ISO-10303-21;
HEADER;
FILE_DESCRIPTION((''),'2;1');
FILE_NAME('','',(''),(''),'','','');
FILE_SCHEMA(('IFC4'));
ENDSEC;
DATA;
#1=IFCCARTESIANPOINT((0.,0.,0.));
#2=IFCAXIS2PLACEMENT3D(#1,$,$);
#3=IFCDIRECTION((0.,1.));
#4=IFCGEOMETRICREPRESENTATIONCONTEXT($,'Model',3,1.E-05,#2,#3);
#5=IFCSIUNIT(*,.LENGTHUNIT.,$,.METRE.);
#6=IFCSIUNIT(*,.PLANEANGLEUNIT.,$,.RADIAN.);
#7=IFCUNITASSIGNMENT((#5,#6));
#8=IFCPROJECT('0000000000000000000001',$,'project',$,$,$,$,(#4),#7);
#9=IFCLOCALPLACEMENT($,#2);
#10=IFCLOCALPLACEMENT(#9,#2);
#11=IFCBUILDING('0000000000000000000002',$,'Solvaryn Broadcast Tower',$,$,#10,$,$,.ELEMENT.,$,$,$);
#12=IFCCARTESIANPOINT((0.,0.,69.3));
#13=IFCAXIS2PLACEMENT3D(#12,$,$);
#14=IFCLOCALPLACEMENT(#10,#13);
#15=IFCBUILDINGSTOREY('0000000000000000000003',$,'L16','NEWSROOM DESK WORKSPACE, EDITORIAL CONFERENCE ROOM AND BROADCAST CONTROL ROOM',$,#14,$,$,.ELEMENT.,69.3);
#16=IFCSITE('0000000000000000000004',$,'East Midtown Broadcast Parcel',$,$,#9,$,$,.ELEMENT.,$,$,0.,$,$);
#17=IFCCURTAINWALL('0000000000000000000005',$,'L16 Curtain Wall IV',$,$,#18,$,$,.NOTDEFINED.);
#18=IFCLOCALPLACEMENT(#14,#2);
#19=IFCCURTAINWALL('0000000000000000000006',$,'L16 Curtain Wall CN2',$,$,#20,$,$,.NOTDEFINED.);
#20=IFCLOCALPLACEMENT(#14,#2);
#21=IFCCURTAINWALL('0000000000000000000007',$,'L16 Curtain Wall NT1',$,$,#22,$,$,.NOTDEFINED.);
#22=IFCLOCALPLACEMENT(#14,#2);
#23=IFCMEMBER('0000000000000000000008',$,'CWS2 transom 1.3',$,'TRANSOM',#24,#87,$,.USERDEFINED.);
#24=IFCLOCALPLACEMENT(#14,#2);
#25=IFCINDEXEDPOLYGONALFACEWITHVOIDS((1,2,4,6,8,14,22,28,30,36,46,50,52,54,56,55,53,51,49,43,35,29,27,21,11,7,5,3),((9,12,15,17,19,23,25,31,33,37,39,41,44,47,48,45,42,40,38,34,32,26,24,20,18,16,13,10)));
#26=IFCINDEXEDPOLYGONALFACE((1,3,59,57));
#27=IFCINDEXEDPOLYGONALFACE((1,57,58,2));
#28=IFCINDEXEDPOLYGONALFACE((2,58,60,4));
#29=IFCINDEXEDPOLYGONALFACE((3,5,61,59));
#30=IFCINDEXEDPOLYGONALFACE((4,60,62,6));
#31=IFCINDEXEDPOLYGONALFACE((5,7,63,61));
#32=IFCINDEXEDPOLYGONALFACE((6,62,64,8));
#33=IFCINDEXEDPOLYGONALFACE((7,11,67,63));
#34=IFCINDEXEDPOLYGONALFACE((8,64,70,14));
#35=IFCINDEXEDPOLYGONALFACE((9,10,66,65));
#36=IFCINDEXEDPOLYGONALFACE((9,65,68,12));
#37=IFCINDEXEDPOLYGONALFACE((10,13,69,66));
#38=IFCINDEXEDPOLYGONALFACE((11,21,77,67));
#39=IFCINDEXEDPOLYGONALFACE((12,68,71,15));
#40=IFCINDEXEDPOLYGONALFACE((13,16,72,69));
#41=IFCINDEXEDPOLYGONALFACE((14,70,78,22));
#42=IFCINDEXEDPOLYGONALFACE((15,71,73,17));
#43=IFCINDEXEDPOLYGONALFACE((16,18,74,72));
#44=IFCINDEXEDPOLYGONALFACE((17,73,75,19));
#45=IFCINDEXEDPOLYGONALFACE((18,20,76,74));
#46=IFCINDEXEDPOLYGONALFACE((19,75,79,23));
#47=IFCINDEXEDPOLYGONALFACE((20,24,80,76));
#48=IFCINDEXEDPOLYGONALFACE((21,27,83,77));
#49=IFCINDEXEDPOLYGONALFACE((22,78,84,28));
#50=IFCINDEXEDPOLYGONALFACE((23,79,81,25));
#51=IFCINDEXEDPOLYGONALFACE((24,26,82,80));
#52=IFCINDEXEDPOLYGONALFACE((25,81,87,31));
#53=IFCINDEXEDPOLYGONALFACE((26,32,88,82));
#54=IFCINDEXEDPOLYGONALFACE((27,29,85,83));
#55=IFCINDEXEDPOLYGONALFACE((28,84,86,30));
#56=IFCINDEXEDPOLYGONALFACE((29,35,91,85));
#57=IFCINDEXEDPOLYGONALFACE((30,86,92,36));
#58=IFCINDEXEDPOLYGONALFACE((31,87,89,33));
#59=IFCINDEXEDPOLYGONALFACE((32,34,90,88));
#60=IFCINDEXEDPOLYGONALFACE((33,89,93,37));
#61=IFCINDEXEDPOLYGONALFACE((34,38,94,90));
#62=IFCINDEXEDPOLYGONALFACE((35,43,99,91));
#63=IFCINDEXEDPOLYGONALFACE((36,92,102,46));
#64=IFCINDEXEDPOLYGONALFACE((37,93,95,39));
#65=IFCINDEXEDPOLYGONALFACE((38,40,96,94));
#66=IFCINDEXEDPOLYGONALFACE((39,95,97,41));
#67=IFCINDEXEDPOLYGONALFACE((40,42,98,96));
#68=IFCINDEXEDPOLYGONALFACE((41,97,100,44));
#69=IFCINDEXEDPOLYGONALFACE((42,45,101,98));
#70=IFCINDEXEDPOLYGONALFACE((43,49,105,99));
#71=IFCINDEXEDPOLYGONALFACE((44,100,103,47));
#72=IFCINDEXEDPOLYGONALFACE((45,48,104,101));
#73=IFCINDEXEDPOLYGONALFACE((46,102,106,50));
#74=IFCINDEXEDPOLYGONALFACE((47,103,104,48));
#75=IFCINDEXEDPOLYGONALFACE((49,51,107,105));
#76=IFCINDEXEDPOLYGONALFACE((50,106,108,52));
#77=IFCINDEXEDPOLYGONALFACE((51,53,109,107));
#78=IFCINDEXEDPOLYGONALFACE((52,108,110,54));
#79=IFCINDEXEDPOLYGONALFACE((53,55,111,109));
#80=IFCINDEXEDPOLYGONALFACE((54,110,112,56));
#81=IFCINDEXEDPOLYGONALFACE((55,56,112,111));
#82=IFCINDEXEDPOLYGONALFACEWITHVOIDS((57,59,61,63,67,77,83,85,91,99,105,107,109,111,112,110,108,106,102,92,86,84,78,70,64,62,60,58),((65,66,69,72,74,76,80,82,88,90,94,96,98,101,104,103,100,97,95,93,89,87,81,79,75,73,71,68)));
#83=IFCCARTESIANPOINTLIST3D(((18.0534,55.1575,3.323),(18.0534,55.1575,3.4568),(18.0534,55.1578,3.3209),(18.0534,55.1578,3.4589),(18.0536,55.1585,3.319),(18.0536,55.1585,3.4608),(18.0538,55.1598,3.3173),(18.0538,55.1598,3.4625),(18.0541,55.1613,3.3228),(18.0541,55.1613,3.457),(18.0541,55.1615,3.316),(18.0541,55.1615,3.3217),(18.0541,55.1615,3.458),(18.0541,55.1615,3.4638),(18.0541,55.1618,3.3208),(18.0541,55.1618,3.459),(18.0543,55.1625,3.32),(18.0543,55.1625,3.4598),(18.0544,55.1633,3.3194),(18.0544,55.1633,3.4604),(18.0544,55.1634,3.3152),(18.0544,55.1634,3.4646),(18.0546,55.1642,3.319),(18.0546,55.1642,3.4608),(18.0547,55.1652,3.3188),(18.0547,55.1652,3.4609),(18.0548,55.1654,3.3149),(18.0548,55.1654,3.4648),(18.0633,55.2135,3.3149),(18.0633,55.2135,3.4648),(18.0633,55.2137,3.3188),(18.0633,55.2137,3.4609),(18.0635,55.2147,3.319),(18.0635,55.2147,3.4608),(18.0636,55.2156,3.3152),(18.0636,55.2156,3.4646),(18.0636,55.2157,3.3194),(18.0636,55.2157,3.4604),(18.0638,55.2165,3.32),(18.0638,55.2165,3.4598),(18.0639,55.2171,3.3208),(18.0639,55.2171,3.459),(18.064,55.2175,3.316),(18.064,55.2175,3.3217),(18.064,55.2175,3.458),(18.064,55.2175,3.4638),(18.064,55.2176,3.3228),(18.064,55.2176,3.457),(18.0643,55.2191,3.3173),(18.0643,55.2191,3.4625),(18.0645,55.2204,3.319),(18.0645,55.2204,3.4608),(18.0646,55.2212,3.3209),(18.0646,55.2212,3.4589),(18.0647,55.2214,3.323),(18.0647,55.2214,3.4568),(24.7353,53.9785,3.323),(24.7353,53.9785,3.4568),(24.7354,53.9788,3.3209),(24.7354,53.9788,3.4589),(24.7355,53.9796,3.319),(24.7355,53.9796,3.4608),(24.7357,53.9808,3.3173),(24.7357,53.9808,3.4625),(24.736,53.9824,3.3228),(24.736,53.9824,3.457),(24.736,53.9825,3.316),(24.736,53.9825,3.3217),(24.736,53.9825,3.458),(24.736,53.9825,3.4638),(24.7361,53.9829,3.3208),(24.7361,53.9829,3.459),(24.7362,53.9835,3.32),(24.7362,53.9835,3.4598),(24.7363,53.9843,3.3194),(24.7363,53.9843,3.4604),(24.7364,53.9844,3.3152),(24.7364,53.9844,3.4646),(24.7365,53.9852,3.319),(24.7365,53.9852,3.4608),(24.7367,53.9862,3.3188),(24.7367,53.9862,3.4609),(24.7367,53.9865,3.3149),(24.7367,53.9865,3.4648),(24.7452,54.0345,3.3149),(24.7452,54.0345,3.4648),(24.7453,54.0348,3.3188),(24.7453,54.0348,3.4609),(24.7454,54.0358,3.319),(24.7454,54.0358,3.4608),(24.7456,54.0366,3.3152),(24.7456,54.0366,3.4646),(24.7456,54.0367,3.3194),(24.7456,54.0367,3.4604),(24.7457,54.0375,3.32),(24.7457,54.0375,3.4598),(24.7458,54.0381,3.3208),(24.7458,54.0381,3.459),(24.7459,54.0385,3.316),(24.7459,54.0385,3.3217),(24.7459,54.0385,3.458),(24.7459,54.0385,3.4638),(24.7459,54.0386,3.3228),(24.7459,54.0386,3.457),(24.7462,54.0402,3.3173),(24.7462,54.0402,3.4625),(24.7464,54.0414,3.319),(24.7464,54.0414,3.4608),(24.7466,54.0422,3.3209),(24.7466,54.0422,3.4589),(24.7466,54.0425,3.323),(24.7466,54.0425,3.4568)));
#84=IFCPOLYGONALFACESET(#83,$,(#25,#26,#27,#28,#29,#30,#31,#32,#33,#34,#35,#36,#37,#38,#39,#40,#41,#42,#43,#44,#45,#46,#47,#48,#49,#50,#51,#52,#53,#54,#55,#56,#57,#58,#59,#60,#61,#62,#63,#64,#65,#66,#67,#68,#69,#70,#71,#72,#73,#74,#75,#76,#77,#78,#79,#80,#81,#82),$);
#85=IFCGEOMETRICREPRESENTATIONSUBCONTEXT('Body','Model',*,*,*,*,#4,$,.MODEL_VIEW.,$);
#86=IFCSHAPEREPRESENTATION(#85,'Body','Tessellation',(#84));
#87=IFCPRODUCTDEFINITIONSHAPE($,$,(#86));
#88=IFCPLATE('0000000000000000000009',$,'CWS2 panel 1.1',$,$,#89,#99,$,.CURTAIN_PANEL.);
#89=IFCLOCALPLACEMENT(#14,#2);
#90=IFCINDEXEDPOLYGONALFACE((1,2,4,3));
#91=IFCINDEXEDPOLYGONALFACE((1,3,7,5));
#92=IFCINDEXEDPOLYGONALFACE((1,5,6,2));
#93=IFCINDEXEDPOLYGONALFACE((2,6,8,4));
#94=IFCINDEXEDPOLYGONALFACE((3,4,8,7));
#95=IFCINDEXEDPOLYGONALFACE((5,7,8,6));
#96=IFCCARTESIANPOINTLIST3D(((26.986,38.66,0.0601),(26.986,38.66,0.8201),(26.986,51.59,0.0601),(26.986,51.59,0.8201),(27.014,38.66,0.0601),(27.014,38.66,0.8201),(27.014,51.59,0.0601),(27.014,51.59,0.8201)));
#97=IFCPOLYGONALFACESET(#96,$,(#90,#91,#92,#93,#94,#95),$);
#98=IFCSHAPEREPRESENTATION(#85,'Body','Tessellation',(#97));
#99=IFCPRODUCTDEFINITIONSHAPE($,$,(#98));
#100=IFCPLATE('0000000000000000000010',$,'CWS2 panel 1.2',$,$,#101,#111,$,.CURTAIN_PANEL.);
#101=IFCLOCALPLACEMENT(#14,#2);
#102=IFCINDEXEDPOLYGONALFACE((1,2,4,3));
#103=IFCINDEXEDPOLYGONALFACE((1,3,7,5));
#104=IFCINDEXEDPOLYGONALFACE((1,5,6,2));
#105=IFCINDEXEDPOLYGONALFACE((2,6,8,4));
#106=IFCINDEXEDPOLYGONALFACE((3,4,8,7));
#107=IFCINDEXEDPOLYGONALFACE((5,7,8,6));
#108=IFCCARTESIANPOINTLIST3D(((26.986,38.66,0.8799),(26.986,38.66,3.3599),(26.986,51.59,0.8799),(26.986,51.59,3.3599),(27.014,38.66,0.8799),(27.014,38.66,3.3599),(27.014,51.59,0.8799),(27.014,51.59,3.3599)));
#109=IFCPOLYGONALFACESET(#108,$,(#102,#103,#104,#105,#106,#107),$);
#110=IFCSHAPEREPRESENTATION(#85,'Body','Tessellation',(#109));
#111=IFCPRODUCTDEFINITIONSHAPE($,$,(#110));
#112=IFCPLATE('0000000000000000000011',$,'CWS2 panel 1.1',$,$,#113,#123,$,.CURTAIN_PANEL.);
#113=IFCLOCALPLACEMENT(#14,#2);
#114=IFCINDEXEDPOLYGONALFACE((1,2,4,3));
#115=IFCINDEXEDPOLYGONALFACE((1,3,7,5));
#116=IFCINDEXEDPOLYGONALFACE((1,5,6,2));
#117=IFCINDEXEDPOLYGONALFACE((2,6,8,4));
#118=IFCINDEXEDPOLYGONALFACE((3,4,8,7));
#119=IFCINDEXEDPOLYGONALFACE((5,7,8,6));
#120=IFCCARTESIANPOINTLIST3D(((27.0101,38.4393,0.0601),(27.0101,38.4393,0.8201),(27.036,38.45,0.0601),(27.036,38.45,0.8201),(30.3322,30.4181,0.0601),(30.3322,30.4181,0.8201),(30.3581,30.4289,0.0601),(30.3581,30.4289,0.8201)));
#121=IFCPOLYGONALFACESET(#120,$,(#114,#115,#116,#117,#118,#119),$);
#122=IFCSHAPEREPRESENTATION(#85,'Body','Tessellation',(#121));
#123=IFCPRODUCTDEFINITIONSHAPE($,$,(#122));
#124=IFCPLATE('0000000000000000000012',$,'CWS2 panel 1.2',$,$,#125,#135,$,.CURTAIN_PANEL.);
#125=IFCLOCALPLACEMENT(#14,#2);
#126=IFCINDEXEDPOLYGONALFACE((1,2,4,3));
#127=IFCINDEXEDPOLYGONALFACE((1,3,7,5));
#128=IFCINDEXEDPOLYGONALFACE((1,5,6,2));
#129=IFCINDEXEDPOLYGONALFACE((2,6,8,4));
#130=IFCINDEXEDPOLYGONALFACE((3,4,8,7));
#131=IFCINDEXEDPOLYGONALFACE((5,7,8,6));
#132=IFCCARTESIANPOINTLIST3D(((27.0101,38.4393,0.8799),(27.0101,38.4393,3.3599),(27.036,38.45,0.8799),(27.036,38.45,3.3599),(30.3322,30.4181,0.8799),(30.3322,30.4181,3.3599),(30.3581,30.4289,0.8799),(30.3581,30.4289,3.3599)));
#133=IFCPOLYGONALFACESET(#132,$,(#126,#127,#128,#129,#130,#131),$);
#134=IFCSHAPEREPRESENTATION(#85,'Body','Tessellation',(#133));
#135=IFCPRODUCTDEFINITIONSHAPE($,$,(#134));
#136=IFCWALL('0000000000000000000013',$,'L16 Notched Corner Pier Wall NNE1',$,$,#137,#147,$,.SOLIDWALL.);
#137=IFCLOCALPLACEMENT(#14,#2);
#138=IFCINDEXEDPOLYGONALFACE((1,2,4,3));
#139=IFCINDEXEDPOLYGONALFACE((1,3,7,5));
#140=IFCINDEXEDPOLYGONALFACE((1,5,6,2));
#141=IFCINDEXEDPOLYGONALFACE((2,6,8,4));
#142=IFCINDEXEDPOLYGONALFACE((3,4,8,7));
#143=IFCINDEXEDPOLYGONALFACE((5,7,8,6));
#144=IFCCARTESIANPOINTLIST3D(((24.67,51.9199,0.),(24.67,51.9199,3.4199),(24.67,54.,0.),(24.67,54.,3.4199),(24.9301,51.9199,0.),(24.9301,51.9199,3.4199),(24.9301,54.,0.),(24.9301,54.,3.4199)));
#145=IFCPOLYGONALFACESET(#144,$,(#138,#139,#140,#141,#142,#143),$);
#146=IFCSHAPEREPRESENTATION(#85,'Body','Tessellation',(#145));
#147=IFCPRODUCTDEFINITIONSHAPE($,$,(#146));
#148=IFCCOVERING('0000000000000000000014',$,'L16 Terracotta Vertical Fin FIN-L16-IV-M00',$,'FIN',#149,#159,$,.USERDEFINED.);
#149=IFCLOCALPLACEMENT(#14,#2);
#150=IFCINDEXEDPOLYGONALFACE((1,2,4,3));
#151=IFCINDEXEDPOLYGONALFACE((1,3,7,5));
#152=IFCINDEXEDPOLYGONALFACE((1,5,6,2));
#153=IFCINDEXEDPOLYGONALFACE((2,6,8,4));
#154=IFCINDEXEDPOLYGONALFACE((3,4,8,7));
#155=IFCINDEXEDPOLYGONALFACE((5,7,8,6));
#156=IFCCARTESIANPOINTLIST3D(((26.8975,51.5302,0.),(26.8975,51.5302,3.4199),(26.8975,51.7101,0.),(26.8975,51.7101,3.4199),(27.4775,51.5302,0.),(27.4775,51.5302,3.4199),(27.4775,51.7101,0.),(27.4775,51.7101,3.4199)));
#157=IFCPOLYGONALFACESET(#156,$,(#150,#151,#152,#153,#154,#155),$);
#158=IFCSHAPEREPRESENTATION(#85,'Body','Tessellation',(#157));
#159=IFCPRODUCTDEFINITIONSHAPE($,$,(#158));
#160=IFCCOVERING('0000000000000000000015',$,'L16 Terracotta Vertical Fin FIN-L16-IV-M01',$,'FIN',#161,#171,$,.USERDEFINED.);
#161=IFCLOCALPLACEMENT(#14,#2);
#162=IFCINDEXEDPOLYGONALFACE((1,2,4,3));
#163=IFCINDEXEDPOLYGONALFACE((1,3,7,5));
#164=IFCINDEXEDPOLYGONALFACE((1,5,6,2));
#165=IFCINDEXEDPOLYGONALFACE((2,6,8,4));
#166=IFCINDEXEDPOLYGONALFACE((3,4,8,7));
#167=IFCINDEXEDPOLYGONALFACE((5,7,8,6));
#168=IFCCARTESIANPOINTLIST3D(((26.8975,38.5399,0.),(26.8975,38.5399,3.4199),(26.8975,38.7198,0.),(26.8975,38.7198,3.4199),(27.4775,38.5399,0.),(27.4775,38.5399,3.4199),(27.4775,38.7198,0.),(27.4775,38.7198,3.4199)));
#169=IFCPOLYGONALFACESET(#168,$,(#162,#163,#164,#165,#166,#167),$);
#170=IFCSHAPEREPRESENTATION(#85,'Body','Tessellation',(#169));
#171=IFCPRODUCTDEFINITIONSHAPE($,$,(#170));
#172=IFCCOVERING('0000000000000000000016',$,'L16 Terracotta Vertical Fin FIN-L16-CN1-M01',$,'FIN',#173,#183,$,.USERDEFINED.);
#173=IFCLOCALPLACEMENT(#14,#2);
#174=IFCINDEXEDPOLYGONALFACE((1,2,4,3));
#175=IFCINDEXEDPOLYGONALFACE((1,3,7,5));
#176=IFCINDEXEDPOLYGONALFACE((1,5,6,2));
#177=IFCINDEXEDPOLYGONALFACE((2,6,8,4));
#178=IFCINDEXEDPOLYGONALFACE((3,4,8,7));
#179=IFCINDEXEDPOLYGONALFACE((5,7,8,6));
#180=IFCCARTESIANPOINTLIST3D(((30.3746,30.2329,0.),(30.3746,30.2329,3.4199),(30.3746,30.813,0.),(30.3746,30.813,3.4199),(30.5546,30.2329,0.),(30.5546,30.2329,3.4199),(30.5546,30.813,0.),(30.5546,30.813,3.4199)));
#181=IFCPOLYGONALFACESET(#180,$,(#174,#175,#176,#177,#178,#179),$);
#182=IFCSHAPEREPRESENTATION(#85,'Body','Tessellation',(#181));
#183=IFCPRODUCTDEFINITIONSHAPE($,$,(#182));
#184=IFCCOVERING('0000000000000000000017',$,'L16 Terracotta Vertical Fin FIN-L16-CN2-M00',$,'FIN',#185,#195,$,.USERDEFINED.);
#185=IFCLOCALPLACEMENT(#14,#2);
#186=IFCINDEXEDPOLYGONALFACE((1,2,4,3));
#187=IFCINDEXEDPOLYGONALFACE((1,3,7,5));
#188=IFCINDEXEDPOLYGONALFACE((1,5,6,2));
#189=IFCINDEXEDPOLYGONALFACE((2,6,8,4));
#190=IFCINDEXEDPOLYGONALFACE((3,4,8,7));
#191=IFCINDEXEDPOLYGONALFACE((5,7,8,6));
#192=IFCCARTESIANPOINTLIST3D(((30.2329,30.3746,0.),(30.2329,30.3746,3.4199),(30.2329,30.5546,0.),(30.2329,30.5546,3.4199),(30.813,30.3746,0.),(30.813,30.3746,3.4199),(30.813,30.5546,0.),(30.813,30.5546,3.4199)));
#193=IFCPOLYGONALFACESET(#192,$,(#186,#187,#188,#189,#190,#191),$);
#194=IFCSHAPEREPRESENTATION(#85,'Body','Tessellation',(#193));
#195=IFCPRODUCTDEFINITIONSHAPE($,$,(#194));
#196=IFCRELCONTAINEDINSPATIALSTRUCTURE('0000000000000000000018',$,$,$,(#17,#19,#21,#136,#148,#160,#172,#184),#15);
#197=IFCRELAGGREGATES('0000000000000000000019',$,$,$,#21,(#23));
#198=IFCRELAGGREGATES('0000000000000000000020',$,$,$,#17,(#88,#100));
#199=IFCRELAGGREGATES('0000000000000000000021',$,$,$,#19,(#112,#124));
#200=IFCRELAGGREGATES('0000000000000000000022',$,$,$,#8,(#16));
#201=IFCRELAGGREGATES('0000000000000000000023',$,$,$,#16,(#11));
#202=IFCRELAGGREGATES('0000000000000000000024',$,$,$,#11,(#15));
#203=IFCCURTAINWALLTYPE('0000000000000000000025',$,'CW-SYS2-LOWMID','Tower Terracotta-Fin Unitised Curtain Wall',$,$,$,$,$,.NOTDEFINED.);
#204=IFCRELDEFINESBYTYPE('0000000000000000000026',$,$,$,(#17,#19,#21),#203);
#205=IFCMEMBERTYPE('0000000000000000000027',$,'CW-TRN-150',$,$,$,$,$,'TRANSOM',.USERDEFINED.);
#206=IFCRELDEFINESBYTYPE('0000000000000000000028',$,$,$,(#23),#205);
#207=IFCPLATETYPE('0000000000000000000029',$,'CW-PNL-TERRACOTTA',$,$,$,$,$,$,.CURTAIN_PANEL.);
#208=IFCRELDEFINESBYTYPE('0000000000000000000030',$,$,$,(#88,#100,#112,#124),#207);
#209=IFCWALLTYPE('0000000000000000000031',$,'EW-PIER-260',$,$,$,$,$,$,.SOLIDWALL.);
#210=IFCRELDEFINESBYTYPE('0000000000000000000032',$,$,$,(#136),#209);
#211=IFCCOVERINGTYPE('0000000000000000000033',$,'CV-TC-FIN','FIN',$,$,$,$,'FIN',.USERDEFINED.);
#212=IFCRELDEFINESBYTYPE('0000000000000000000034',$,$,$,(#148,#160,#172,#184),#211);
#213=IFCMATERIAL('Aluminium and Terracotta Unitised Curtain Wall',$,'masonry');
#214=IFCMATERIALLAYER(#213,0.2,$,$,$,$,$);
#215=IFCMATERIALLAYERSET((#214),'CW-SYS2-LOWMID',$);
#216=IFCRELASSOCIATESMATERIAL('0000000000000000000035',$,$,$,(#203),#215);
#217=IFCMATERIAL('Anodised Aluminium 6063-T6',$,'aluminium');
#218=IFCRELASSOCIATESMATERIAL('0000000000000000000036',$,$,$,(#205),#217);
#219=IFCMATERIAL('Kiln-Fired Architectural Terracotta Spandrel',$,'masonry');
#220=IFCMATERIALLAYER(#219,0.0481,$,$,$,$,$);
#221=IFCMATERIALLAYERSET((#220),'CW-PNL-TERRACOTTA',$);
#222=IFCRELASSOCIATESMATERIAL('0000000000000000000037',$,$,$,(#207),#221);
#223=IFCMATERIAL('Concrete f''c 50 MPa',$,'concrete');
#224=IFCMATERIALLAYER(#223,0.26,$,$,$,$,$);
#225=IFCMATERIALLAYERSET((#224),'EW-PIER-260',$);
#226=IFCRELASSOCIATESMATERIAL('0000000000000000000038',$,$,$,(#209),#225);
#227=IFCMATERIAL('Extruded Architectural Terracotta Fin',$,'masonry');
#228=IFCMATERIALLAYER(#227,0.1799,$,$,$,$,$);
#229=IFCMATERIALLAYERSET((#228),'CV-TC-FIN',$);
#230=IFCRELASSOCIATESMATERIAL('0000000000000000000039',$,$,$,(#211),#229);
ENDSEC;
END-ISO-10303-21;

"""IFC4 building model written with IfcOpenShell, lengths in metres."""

from ifc_helpers import new_model, si_unit, direction, frame, frame_2d, origin, origin_2d, place, context, subcontext, project, spatial, rectangle, hollow_rectangle, extrude, material, layer, layer_set, material_profile, profile_set, type_object, element, aggregate, save


model = new_model("IFC4")

# Units and contexts
model_context = context("Model", 3, precision=1e-05, world=origin(), true_north=direction((0.0, 1.0)))
body_context = subcontext(model_context, "Body", "Model", "MODEL_VIEW")
ifc_project = project(units=[si_unit("LENGTHUNIT", "METRE"), si_unit("PLANEANGLEUNIT", "RADIAN")], contexts=[model_context])

# Site, building, storey
site_placement = place(None, origin())
site = spatial("IfcSite", under=ifc_project, at=site_placement, Name="East Midtown Broadcast Parcel", CompositionType="ELEMENT", RefElevation=0.0)
building_placement = place(site_placement, origin())
building = spatial("IfcBuilding", under=site, at=building_placement, Name="Solvaryn Broadcast Tower", CompositionType="ELEMENT")
storey_placement = place(building_placement, frame((0.0, 0.0, 69.3)))
storey = spatial("IfcBuildingStorey", under=building, at=storey_placement, Name="L16", Description="NEWSROOM DESK WORKSPACE, EDITORIAL CONFERENCE ROOM AND BROADCAST CONTROL ROOM", CompositionType="ELEMENT", Elevation=69.3)

# Curtain wall
ifc_material_1 = material(Name="Aluminium and Terracotta Unitised Curtain Wall", Category="masonry")
ifc_layer_1 = layer(ifc_material_1, 0.2)
ifc_layer_set_1 = layer_set([ifc_layer_1], Name="CW-SYS2-LOWMID")
curtain_wall_type = type_object("IfcCurtainWallType", Name="CW-SYS2-LOWMID", Description="Tower Terracotta-Fin Unitised Curtain Wall", PredefinedType="NOTDEFINED", material=ifc_layer_set_1)
curtain_wall_1_placement = place(storey_placement, origin())
curtain_wall_1 = element("IfcCurtainWall", 1, at=curtain_wall_1_placement, inside=storey, type_object=curtain_wall_type, Name="L16 Curtain Wall IV", PredefinedType="NOTDEFINED")

# Curtain walls
curtain_wall_2_placement = place(storey_placement, origin())
curtain_wall_2 = element("IfcCurtainWall", 2, at=curtain_wall_2_placement, inside=storey, type_object=curtain_wall_type, Name="L16 Curtain Wall CN2", PredefinedType="NOTDEFINED")
curtain_wall_3_placement = place(storey_placement, origin())
curtain_wall_3 = element("IfcCurtainWall", 3, at=curtain_wall_3_placement, inside=storey, type_object=curtain_wall_type, Name="L16 Curtain Wall NT1", PredefinedType="NOTDEFINED")

# Member
ifc_material_2 = material(Name="Anodised Aluminium 6063-T6", Category="aluminium")
ifc_material_profile_1 = material_profile(ifc_material_2, hollow_rectangle(XDim=0.0649, YDim=0.1499, WallThickness=0.0039, InnerFilletRadius=0.0039, OuterFilletRadius=0.0081, at=origin_2d()))
ifc_profile_set_1 = profile_set([ifc_material_profile_1], Name="Anodised Aluminium 6063-T6")
member_type_1 = type_object("IfcMemberType", Name="CW-TRN-150", ElementType="TRANSOM", PredefinedType="USERDEFINED", material=ifc_profile_set_1)
member_1_placement = place(storey_placement, frame((24.741, 54.0105, 3.3899), z_axis=(-0.984789, 0.173757, 0.0), x_axis=(-0.173757, -0.984789, 0.0)))
member_1 = element("IfcMember", 4, at=member_1_placement, type_object=member_type_1, Name="CWS2 transom 1.3", ObjectType="TRANSOM", PredefinedType="USERDEFINED", context=body_context, shape_type="SweptSolid", body=[
    extrude(hollow_rectangle(XDim=0.0649, YDim=0.1499, WallThickness=0.0039, InnerFilletRadius=0.0039, OuterFilletRadius=0.0081, at=origin_2d()), origin(), (0.0, 0.0, 1.0), 6.7852),
])
aggregate(curtain_wall_3, [member_1])

# Plates
ifc_material_3 = material(Name="Kiln-Fired Architectural Terracotta Spandrel", Category="masonry")
ifc_layer_2 = layer(ifc_material_3, 0.0481)
ifc_layer_set_2 = layer_set([ifc_layer_2], Name="CW-PNL-TERRACOTTA")
plate_type = type_object("IfcPlateType", Name="CW-PNL-TERRACOTTA", PredefinedType="CURTAIN_PANEL", material=ifc_layer_set_2)
plate_1_placement = place(storey_placement, frame((27.0, 45.125, 0.0601), z_axis=(0.0, 0.0, 1.0), x_axis=(0.0, -1.0, 0.0)))
plate_1 = element("IfcPlate", 5, at=plate_1_placement, type_object=plate_type, Name="CWS2 panel 1.1", PredefinedType="CURTAIN_PANEL", context=body_context, shape_type="SweptSolid", body=[
    extrude(rectangle(XDim=12.9299, YDim=0.0281, at=origin_2d()), origin(), (0.0, 0.0, 1.0), 0.76),
])
plate_2_placement = place(storey_placement, frame((27.0, 45.125, 0.8799), z_axis=(0.0, 0.0, 1.0), x_axis=(0.0, -1.0, 0.0)))
plate_2 = element("IfcPlate", 6, at=plate_2_placement, type_object=plate_type, Name="CWS2 panel 1.2", PredefinedType="CURTAIN_PANEL", context=body_context, shape_type="SweptSolid", body=[
    extrude(rectangle(XDim=12.9299, YDim=0.0281, at=origin_2d()), origin(), (0.0, 0.0, 1.0), 2.48),
])
aggregate(curtain_wall_1, [plate_1, plate_2])
plate_3_placement = place(storey_placement, frame((28.6841, 34.4341, 0.0601), z_axis=(0.0, 0.0, 1.0), x_axis=(-0.382646, 0.923895, 0.0)))
plate_3 = element("IfcPlate", 7, at=plate_3_placement, type_object=plate_type, Name="CWS2 panel 1.1", PredefinedType="CURTAIN_PANEL", context=body_context, shape_type="SweptSolid", body=[
    extrude(rectangle(XDim=8.6819, YDim=0.0281, at=origin_2d()), origin(), (0.0, 0.0, 1.0), 0.76),
])
plate_4_placement = place(storey_placement, frame((28.6841, 34.4341, 0.8799), z_axis=(0.0, 0.0, 1.0), x_axis=(-0.382646, 0.923895, 0.0)))
plate_4 = element("IfcPlate", 8, at=plate_4_placement, type_object=plate_type, Name="CWS2 panel 1.2", PredefinedType="CURTAIN_PANEL", context=body_context, shape_type="SweptSolid", body=[
    extrude(rectangle(XDim=8.6819, YDim=0.0281, at=origin_2d()), origin(), (0.0, 0.0, 1.0), 2.48),
])
aggregate(curtain_wall_2, [plate_3, plate_4])

# Wall
ifc_material_4 = material(Name="Concrete f'c 50 MPa", Category="concrete")
ifc_layer_3 = layer(ifc_material_4, 0.26)
ifc_layer_set_3 = layer_set([ifc_layer_3], Name="EW-PIER-260")
wall_type_1 = type_object("IfcWallType", Name="EW-PIER-260", PredefinedType="SOLIDWALL", material=ifc_layer_set_3)
wall_1_placement = place(storey_placement, frame((24.8, 54.0, 0.0), z_axis=(0.0, 0.0, 1.0), x_axis=(0.0, -1.0, 0.0)))
element("IfcWall", 9, at=wall_1_placement, inside=storey, type_object=wall_type_1, Name="L16 Notched Corner Pier Wall NNE1", PredefinedType="SOLIDWALL", context=body_context, shape_type="SweptSolid", body=[
    extrude(rectangle(XDim=2.0801, YDim=0.26, at=frame_2d((1.04, 0.0))), origin(), (0.0, 0.0, 1.0), 3.4199),
])

# Coverings
ifc_material_5 = material(Name="Extruded Architectural Terracotta Fin", Category="masonry")
ifc_layer_4 = layer(ifc_material_5, 0.1799)
ifc_layer_set_4 = layer_set([ifc_layer_4], Name="CV-TC-FIN")
covering_type = type_object("IfcCoveringType", Name="CV-TC-FIN", Description="FIN", ElementType="FIN", PredefinedType="USERDEFINED", material=ifc_layer_set_4)
for number, where, z_axis, x_axis, name in (
    (10, (27.1875, 51.6201, 0.0), (0.0, 0.0, 1.0), (1.0, 0.0, 0.0), "L16 Terracotta Vertical Fin FIN-L16-IV-M00"),
    (11, (27.1875, 38.6299, 0.0), (0.0, 0.0, 1.0), (1.0, 0.0, 0.0), "L16 Terracotta Vertical Fin FIN-L16-IV-M01"),
):
    element("IfcCovering", number, at=place(storey_placement, frame(where, z_axis=z_axis, x_axis=x_axis)), inside=storey, type_object=covering_type, Name=name, ObjectType="FIN", PredefinedType="USERDEFINED", context=body_context, shape_type="SweptSolid", body=[
        extrude(rectangle(XDim=0.5801, YDim=0.1799, at=origin_2d()), origin(), (0.0, 0.0, 1.0), 3.4199),
    ])
covering_1_placement = place(storey_placement, frame((30.4646, 30.5229, 0.0), z_axis=(0.0, 0.0, 1.0), x_axis=(1.0, 0.0, 0.0)))
element("IfcCovering", 12, at=covering_1_placement, inside=storey, type_object=covering_type, Name="L16 Terracotta Vertical Fin FIN-L16-CN1-M01", ObjectType="FIN", PredefinedType="USERDEFINED", context=body_context, shape_type="SweptSolid", body=[
    extrude(rectangle(XDim=0.1799, YDim=0.5801, at=origin_2d()), origin(), (0.0, 0.0, 1.0), 3.4199),
])
for number, where, z_axis, x_axis, name in (
    (13, (30.5229, 30.4646, 0.0), (0.0, 0.0, 1.0), (1.0, 0.0, 0.0), "L16 Terracotta Vertical Fin FIN-L16-CN2-M00"),
):
    element("IfcCovering", number, at=place(storey_placement, frame(where, z_axis=z_axis, x_axis=x_axis)), inside=storey, type_object=covering_type, Name=name, ObjectType="FIN", PredefinedType="USERDEFINED", context=body_context, shape_type="SweptSolid", body=[
        extrude(rectangle(XDim=0.5801, YDim=0.1799, at=origin_2d()), origin(), (0.0, 0.0, 1.0), 3.4199),
    ])

save(model, "model.ifc")
